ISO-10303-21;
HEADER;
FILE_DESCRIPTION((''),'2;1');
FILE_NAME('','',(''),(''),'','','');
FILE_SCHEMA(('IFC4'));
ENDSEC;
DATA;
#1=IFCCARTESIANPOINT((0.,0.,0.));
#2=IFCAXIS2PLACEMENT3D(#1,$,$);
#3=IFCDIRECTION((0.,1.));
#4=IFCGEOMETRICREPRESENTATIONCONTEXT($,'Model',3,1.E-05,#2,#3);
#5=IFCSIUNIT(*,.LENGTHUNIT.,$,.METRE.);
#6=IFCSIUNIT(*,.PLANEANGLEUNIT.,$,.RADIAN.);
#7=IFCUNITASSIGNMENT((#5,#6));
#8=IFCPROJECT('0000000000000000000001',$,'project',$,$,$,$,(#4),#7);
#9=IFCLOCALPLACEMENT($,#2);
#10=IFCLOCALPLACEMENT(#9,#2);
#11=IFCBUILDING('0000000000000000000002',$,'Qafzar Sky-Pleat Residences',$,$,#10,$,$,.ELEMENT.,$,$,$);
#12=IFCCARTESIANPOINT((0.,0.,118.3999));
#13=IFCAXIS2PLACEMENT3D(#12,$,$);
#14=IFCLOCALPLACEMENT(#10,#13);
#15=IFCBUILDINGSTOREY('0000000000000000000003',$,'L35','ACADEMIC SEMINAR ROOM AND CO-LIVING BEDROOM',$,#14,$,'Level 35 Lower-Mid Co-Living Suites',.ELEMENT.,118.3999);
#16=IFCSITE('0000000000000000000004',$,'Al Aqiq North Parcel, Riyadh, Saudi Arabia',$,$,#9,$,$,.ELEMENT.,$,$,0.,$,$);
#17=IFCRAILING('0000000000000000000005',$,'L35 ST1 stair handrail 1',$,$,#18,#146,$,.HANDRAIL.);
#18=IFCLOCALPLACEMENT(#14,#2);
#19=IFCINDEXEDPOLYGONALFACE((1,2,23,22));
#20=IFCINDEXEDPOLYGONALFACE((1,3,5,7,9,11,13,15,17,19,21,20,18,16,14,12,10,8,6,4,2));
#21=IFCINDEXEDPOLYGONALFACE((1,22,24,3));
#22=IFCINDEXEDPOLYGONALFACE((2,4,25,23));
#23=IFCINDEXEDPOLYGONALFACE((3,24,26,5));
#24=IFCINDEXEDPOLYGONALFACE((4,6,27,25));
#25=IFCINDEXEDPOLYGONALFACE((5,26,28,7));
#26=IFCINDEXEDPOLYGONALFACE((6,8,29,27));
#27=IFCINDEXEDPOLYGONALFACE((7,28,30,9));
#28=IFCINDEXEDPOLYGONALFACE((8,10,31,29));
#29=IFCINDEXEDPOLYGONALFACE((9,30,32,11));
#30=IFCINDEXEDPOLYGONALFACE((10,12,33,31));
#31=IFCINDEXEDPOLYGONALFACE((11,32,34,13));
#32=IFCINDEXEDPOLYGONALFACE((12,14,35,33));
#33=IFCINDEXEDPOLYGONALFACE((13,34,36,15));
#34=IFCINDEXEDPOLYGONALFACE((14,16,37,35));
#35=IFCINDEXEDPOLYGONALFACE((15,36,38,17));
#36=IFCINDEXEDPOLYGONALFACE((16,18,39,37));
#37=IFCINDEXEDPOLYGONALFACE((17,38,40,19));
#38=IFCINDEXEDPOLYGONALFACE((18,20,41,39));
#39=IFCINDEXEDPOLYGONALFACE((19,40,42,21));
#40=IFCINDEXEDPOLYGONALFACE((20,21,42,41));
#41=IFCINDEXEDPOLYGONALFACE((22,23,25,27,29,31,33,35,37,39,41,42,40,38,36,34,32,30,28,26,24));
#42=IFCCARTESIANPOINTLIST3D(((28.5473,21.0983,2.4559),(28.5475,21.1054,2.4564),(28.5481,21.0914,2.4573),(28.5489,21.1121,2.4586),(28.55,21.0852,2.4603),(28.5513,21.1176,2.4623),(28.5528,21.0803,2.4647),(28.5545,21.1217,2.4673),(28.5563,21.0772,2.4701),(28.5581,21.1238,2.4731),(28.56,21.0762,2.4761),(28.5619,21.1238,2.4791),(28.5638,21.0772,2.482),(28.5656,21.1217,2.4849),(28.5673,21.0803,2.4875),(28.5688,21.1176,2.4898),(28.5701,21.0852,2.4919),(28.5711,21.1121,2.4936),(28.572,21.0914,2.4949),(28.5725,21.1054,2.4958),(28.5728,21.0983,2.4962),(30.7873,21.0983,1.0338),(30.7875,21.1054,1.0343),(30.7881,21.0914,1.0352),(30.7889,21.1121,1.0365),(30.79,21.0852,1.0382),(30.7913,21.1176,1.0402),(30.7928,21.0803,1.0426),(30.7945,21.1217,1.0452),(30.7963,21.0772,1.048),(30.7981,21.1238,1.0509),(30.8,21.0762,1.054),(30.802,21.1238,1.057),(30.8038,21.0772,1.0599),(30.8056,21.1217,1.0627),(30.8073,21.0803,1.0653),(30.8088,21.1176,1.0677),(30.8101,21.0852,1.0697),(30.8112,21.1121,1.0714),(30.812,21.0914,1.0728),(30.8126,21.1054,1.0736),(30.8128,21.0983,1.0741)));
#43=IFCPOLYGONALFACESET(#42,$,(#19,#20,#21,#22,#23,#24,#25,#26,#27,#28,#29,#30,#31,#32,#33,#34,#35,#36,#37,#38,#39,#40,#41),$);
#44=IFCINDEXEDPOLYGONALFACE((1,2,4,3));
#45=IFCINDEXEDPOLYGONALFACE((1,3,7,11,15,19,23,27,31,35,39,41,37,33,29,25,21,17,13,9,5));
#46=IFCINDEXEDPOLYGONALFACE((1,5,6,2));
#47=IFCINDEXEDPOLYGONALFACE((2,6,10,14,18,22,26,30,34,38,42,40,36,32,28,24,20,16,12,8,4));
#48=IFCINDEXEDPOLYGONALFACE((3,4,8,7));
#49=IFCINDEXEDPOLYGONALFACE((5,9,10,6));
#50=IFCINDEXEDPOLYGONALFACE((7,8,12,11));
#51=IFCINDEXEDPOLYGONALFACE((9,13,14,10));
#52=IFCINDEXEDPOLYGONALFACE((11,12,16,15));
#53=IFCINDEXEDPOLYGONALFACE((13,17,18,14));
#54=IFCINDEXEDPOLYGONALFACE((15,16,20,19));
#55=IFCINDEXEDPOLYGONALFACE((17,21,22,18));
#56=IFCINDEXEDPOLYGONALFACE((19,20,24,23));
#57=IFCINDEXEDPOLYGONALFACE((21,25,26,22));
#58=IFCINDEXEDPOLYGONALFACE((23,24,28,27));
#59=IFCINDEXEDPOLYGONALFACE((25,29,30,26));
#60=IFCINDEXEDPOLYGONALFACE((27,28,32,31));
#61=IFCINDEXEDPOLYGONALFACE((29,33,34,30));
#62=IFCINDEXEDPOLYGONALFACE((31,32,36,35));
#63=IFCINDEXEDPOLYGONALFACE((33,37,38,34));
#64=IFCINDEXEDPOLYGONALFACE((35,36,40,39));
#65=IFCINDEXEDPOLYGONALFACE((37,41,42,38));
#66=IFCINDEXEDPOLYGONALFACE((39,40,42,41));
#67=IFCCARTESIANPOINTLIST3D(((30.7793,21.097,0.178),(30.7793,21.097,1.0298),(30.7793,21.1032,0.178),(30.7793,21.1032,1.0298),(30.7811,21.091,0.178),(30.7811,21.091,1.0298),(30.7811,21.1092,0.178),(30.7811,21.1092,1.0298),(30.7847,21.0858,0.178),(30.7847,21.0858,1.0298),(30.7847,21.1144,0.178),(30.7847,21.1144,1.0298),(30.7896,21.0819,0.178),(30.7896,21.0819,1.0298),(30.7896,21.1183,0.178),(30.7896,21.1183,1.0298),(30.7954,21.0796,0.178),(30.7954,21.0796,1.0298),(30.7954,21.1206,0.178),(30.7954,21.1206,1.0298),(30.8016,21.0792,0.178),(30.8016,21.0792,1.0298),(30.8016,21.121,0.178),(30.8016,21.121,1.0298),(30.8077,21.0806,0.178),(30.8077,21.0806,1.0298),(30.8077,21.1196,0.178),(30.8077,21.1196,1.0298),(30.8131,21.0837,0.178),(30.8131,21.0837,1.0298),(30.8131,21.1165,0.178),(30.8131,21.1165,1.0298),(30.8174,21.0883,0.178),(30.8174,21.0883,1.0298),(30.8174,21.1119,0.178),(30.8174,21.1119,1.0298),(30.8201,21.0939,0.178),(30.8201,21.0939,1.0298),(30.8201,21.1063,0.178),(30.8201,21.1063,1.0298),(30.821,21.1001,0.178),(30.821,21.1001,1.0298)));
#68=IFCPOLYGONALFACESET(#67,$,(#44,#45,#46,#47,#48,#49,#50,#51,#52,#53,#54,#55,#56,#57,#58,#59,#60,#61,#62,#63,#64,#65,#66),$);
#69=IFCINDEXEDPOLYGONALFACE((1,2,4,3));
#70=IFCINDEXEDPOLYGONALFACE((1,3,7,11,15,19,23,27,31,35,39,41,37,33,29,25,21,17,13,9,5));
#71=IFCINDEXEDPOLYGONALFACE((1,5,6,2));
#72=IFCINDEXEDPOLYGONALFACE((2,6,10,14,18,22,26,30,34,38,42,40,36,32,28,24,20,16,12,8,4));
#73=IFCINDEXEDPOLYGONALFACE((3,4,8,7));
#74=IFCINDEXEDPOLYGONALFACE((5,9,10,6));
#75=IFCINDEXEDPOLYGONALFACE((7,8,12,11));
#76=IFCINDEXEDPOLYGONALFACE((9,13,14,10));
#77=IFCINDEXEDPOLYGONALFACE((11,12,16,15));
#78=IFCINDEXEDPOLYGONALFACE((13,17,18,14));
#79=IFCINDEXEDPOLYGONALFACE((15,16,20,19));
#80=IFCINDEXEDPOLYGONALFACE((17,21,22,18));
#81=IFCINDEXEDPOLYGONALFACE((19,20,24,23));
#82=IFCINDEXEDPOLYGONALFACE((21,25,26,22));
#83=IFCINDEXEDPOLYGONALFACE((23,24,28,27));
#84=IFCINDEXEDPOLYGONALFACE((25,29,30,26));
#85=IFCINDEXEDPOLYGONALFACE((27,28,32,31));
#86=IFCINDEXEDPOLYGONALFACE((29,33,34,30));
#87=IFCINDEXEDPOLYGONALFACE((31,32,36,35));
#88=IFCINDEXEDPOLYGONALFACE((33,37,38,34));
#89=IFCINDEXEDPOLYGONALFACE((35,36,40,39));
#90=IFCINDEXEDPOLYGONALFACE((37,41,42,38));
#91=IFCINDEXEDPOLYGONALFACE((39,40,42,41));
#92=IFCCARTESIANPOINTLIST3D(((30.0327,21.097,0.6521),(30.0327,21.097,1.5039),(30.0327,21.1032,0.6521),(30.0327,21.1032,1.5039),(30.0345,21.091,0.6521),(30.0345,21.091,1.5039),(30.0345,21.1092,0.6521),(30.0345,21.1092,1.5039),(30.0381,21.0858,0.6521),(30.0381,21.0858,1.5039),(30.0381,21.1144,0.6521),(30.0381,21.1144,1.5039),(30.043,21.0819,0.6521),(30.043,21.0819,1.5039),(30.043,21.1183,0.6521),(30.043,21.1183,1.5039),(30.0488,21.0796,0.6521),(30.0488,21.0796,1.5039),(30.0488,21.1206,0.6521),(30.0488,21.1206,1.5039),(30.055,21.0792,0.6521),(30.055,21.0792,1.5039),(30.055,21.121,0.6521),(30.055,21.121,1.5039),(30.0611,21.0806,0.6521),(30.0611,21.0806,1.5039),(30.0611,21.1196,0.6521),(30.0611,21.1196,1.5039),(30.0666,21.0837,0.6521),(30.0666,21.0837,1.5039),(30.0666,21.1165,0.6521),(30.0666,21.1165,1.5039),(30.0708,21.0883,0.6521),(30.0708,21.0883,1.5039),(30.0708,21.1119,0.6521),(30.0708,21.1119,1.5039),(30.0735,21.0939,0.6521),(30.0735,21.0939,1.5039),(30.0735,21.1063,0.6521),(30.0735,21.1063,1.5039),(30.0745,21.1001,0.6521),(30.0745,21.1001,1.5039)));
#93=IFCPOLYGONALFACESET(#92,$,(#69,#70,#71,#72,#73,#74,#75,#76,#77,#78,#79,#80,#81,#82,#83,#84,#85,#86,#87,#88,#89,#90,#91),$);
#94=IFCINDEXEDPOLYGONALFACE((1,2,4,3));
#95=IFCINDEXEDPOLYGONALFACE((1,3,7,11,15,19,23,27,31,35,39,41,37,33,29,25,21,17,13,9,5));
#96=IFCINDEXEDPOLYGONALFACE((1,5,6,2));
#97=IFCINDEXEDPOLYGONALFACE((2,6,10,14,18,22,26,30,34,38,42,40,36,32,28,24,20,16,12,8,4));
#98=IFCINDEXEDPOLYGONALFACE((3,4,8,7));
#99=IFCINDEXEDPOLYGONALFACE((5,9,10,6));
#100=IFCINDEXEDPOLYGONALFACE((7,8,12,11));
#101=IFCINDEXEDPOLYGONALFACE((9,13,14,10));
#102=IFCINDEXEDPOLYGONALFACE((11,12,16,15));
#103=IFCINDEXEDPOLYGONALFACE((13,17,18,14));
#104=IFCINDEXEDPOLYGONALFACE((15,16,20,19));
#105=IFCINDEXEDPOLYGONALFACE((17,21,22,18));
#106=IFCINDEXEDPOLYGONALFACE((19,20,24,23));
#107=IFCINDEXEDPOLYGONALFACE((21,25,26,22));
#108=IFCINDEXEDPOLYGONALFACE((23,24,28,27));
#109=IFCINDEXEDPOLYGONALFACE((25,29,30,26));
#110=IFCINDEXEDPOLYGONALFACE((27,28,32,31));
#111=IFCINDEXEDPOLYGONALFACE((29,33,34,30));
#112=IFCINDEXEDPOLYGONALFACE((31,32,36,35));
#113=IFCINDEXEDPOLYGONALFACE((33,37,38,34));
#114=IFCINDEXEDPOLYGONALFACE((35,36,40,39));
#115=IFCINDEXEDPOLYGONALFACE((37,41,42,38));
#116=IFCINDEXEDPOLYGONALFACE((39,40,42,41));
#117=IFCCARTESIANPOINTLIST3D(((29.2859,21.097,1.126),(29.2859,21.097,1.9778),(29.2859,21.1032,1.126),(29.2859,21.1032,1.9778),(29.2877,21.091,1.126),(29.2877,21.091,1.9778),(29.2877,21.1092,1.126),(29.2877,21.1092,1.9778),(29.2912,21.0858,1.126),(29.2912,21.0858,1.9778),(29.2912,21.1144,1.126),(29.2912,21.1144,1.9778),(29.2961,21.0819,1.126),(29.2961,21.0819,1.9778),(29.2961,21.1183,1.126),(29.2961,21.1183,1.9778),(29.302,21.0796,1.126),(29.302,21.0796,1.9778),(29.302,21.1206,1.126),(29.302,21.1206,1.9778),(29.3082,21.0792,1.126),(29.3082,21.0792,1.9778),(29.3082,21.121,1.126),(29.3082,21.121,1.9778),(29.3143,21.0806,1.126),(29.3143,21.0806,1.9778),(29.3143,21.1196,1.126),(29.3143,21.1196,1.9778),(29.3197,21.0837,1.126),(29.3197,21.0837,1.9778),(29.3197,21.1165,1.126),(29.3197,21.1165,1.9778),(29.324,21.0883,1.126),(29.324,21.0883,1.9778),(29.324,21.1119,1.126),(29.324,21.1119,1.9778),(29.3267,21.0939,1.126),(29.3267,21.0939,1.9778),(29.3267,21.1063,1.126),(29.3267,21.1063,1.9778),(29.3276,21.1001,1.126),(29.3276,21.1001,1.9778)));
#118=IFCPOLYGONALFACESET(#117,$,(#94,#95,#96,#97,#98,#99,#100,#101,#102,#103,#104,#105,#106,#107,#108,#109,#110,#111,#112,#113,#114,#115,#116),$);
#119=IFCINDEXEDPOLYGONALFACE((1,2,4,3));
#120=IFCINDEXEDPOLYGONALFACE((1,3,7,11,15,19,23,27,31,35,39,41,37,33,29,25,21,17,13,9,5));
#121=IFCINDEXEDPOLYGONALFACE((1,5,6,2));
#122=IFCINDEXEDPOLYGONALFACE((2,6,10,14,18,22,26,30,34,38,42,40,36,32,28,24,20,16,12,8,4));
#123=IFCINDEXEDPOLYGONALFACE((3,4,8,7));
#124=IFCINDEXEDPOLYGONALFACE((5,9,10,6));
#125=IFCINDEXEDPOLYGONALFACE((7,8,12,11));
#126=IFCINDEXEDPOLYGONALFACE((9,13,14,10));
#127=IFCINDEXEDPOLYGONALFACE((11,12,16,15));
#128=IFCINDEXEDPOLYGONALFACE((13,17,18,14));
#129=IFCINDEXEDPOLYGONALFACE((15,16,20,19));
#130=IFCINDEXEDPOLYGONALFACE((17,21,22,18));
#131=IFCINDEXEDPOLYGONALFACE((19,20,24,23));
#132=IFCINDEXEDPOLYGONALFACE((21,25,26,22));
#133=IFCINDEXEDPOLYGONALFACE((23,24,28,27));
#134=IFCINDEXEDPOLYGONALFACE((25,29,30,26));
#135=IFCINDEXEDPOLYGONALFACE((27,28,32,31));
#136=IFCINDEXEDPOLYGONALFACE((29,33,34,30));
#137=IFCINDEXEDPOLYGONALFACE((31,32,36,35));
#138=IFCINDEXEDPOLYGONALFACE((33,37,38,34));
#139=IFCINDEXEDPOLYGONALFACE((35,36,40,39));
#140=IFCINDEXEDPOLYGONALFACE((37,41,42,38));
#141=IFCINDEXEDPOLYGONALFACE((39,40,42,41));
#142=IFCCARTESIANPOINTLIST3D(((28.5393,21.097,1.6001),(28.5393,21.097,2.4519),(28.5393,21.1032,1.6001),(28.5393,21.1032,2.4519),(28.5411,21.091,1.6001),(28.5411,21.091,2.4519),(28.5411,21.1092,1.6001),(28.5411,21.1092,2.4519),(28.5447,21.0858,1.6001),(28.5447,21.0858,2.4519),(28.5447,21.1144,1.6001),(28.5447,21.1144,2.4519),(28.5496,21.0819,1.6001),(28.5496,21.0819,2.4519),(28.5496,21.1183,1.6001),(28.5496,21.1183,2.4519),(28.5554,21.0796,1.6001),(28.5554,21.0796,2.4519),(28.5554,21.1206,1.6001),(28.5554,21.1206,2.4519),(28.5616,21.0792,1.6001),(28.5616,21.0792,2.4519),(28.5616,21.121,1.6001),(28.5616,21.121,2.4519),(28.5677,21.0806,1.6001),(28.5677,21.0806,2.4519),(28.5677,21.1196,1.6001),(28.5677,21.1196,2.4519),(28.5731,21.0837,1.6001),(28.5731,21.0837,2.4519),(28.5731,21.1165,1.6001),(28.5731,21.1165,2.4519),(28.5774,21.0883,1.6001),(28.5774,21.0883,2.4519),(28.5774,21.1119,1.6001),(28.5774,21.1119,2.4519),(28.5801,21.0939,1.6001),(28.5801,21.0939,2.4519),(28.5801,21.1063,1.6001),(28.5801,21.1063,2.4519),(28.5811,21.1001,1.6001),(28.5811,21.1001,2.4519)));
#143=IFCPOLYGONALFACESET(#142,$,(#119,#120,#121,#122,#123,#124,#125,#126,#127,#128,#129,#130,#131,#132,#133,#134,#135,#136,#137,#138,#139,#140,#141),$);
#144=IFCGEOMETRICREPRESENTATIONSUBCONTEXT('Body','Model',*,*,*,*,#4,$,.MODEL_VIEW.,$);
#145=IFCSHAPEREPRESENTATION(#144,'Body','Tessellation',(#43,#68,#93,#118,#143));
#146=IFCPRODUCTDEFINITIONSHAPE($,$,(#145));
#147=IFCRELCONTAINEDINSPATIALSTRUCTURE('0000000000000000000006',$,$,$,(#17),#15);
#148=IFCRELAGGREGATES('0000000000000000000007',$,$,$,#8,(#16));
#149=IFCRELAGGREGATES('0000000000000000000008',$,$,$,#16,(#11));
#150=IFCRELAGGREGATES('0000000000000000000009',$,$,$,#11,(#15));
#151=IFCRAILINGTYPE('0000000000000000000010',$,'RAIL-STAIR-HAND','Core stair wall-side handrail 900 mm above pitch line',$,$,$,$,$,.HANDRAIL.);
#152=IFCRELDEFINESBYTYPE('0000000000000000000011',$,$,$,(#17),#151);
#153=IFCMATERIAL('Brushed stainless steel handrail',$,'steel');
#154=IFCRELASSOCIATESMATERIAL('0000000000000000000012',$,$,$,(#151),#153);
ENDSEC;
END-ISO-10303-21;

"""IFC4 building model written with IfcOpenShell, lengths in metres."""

from ifc_helpers import new_model, si_unit, direction, frame, origin, origin_2d, place, context, subcontext, project, spatial, circle, extrude, source, transform, mapped, material, type_object, element, save


model = new_model("IFC4")

# Units and contexts
model_context = context("Model", 3, precision=1e-05, world=origin(), true_north=direction((0.0, 1.0)))
body_context = subcontext(model_context, "Body", "Model", "MODEL_VIEW")
ifc_project = project(units=[si_unit("LENGTHUNIT", "METRE"), si_unit("PLANEANGLEUNIT", "RADIAN")], contexts=[model_context])

# Site, building, storey
site_placement = place(None, origin())
site = spatial("IfcSite", under=ifc_project, at=site_placement, Name="Al Aqiq North Parcel, Riyadh, Saudi Arabia", CompositionType="ELEMENT", RefElevation=0.0)
building_placement = place(site_placement, origin())
building = spatial("IfcBuilding", under=site, at=building_placement, Name="Qafzar Sky-Pleat Residences", CompositionType="ELEMENT")
storey_placement = place(building_placement, frame((0.0, 0.0, 118.3999)))
storey = spatial("IfcBuildingStorey", under=building, at=storey_placement, Name="L35", Description="ACADEMIC SEMINAR ROOM AND CO-LIVING BEDROOM", LongName="Level 35 Lower-Mid Co-Living Suites", CompositionType="ELEMENT", Elevation=118.3999)

# Railing
ifc_material_1 = material(Name="Brushed stainless steel handrail", Category="steel")
railing_type_1 = type_object("IfcRailingType", Name="RAIL-STAIR-HAND", Description="Core stair wall-side handrail 900 mm above pitch line", PredefinedType="HANDRAIL", material=ifc_material_1)
shared_shape_1 = source(origin(), body_context, "Body", "SweptSolid", [
    extrude(circle(Radius=0.0239, at=origin_2d()), frame((0.0, 0.0, 0.876), z_axis=(-0.844229, 0.0, 0.535982), x_axis=(0.0, -1.0, 0.0)), (0.0, 0.0, 1.0), 2.6533),
    extrude(circle(Radius=0.021, at=origin_2d()), origin(), (0.0, 0.0, 1.0), 0.8518),
    extrude(circle(Radius=0.021, at=origin_2d()), frame((-0.7466, 0.0, 0.4741)), (0.0, 0.0, 1.0), 0.8518),
    extrude(circle(Radius=0.021, at=origin_2d()), frame((-1.4934, 0.0, 0.948)), (0.0, 0.0, 1.0), 0.8518),
    extrude(circle(Radius=0.021, at=origin_2d()), frame((-2.24, 0.0, 1.4221)), (0.0, 0.0, 1.0), 0.8518),
])
railing_1_placement = place(storey_placement, frame((30.8, 21.1001, 0.178)))
element("IfcRailing", 1, at=railing_1_placement, inside=storey, type_object=railing_type_1, Name="L35 ST1 stair handrail 1", PredefinedType="HANDRAIL", context=body_context, shape_type="MappedRepresentation", body=[
    mapped(shared_shape_1, transform((0.0, 0.0, 0.0), x_axis=(1.0, 0.0, 0.0), y_axis=(0.0, 1.0, 0.0), z_axis=(0.0, 0.0, 1.0), scale=1.0)),
])

save(model, "model.ifc")
